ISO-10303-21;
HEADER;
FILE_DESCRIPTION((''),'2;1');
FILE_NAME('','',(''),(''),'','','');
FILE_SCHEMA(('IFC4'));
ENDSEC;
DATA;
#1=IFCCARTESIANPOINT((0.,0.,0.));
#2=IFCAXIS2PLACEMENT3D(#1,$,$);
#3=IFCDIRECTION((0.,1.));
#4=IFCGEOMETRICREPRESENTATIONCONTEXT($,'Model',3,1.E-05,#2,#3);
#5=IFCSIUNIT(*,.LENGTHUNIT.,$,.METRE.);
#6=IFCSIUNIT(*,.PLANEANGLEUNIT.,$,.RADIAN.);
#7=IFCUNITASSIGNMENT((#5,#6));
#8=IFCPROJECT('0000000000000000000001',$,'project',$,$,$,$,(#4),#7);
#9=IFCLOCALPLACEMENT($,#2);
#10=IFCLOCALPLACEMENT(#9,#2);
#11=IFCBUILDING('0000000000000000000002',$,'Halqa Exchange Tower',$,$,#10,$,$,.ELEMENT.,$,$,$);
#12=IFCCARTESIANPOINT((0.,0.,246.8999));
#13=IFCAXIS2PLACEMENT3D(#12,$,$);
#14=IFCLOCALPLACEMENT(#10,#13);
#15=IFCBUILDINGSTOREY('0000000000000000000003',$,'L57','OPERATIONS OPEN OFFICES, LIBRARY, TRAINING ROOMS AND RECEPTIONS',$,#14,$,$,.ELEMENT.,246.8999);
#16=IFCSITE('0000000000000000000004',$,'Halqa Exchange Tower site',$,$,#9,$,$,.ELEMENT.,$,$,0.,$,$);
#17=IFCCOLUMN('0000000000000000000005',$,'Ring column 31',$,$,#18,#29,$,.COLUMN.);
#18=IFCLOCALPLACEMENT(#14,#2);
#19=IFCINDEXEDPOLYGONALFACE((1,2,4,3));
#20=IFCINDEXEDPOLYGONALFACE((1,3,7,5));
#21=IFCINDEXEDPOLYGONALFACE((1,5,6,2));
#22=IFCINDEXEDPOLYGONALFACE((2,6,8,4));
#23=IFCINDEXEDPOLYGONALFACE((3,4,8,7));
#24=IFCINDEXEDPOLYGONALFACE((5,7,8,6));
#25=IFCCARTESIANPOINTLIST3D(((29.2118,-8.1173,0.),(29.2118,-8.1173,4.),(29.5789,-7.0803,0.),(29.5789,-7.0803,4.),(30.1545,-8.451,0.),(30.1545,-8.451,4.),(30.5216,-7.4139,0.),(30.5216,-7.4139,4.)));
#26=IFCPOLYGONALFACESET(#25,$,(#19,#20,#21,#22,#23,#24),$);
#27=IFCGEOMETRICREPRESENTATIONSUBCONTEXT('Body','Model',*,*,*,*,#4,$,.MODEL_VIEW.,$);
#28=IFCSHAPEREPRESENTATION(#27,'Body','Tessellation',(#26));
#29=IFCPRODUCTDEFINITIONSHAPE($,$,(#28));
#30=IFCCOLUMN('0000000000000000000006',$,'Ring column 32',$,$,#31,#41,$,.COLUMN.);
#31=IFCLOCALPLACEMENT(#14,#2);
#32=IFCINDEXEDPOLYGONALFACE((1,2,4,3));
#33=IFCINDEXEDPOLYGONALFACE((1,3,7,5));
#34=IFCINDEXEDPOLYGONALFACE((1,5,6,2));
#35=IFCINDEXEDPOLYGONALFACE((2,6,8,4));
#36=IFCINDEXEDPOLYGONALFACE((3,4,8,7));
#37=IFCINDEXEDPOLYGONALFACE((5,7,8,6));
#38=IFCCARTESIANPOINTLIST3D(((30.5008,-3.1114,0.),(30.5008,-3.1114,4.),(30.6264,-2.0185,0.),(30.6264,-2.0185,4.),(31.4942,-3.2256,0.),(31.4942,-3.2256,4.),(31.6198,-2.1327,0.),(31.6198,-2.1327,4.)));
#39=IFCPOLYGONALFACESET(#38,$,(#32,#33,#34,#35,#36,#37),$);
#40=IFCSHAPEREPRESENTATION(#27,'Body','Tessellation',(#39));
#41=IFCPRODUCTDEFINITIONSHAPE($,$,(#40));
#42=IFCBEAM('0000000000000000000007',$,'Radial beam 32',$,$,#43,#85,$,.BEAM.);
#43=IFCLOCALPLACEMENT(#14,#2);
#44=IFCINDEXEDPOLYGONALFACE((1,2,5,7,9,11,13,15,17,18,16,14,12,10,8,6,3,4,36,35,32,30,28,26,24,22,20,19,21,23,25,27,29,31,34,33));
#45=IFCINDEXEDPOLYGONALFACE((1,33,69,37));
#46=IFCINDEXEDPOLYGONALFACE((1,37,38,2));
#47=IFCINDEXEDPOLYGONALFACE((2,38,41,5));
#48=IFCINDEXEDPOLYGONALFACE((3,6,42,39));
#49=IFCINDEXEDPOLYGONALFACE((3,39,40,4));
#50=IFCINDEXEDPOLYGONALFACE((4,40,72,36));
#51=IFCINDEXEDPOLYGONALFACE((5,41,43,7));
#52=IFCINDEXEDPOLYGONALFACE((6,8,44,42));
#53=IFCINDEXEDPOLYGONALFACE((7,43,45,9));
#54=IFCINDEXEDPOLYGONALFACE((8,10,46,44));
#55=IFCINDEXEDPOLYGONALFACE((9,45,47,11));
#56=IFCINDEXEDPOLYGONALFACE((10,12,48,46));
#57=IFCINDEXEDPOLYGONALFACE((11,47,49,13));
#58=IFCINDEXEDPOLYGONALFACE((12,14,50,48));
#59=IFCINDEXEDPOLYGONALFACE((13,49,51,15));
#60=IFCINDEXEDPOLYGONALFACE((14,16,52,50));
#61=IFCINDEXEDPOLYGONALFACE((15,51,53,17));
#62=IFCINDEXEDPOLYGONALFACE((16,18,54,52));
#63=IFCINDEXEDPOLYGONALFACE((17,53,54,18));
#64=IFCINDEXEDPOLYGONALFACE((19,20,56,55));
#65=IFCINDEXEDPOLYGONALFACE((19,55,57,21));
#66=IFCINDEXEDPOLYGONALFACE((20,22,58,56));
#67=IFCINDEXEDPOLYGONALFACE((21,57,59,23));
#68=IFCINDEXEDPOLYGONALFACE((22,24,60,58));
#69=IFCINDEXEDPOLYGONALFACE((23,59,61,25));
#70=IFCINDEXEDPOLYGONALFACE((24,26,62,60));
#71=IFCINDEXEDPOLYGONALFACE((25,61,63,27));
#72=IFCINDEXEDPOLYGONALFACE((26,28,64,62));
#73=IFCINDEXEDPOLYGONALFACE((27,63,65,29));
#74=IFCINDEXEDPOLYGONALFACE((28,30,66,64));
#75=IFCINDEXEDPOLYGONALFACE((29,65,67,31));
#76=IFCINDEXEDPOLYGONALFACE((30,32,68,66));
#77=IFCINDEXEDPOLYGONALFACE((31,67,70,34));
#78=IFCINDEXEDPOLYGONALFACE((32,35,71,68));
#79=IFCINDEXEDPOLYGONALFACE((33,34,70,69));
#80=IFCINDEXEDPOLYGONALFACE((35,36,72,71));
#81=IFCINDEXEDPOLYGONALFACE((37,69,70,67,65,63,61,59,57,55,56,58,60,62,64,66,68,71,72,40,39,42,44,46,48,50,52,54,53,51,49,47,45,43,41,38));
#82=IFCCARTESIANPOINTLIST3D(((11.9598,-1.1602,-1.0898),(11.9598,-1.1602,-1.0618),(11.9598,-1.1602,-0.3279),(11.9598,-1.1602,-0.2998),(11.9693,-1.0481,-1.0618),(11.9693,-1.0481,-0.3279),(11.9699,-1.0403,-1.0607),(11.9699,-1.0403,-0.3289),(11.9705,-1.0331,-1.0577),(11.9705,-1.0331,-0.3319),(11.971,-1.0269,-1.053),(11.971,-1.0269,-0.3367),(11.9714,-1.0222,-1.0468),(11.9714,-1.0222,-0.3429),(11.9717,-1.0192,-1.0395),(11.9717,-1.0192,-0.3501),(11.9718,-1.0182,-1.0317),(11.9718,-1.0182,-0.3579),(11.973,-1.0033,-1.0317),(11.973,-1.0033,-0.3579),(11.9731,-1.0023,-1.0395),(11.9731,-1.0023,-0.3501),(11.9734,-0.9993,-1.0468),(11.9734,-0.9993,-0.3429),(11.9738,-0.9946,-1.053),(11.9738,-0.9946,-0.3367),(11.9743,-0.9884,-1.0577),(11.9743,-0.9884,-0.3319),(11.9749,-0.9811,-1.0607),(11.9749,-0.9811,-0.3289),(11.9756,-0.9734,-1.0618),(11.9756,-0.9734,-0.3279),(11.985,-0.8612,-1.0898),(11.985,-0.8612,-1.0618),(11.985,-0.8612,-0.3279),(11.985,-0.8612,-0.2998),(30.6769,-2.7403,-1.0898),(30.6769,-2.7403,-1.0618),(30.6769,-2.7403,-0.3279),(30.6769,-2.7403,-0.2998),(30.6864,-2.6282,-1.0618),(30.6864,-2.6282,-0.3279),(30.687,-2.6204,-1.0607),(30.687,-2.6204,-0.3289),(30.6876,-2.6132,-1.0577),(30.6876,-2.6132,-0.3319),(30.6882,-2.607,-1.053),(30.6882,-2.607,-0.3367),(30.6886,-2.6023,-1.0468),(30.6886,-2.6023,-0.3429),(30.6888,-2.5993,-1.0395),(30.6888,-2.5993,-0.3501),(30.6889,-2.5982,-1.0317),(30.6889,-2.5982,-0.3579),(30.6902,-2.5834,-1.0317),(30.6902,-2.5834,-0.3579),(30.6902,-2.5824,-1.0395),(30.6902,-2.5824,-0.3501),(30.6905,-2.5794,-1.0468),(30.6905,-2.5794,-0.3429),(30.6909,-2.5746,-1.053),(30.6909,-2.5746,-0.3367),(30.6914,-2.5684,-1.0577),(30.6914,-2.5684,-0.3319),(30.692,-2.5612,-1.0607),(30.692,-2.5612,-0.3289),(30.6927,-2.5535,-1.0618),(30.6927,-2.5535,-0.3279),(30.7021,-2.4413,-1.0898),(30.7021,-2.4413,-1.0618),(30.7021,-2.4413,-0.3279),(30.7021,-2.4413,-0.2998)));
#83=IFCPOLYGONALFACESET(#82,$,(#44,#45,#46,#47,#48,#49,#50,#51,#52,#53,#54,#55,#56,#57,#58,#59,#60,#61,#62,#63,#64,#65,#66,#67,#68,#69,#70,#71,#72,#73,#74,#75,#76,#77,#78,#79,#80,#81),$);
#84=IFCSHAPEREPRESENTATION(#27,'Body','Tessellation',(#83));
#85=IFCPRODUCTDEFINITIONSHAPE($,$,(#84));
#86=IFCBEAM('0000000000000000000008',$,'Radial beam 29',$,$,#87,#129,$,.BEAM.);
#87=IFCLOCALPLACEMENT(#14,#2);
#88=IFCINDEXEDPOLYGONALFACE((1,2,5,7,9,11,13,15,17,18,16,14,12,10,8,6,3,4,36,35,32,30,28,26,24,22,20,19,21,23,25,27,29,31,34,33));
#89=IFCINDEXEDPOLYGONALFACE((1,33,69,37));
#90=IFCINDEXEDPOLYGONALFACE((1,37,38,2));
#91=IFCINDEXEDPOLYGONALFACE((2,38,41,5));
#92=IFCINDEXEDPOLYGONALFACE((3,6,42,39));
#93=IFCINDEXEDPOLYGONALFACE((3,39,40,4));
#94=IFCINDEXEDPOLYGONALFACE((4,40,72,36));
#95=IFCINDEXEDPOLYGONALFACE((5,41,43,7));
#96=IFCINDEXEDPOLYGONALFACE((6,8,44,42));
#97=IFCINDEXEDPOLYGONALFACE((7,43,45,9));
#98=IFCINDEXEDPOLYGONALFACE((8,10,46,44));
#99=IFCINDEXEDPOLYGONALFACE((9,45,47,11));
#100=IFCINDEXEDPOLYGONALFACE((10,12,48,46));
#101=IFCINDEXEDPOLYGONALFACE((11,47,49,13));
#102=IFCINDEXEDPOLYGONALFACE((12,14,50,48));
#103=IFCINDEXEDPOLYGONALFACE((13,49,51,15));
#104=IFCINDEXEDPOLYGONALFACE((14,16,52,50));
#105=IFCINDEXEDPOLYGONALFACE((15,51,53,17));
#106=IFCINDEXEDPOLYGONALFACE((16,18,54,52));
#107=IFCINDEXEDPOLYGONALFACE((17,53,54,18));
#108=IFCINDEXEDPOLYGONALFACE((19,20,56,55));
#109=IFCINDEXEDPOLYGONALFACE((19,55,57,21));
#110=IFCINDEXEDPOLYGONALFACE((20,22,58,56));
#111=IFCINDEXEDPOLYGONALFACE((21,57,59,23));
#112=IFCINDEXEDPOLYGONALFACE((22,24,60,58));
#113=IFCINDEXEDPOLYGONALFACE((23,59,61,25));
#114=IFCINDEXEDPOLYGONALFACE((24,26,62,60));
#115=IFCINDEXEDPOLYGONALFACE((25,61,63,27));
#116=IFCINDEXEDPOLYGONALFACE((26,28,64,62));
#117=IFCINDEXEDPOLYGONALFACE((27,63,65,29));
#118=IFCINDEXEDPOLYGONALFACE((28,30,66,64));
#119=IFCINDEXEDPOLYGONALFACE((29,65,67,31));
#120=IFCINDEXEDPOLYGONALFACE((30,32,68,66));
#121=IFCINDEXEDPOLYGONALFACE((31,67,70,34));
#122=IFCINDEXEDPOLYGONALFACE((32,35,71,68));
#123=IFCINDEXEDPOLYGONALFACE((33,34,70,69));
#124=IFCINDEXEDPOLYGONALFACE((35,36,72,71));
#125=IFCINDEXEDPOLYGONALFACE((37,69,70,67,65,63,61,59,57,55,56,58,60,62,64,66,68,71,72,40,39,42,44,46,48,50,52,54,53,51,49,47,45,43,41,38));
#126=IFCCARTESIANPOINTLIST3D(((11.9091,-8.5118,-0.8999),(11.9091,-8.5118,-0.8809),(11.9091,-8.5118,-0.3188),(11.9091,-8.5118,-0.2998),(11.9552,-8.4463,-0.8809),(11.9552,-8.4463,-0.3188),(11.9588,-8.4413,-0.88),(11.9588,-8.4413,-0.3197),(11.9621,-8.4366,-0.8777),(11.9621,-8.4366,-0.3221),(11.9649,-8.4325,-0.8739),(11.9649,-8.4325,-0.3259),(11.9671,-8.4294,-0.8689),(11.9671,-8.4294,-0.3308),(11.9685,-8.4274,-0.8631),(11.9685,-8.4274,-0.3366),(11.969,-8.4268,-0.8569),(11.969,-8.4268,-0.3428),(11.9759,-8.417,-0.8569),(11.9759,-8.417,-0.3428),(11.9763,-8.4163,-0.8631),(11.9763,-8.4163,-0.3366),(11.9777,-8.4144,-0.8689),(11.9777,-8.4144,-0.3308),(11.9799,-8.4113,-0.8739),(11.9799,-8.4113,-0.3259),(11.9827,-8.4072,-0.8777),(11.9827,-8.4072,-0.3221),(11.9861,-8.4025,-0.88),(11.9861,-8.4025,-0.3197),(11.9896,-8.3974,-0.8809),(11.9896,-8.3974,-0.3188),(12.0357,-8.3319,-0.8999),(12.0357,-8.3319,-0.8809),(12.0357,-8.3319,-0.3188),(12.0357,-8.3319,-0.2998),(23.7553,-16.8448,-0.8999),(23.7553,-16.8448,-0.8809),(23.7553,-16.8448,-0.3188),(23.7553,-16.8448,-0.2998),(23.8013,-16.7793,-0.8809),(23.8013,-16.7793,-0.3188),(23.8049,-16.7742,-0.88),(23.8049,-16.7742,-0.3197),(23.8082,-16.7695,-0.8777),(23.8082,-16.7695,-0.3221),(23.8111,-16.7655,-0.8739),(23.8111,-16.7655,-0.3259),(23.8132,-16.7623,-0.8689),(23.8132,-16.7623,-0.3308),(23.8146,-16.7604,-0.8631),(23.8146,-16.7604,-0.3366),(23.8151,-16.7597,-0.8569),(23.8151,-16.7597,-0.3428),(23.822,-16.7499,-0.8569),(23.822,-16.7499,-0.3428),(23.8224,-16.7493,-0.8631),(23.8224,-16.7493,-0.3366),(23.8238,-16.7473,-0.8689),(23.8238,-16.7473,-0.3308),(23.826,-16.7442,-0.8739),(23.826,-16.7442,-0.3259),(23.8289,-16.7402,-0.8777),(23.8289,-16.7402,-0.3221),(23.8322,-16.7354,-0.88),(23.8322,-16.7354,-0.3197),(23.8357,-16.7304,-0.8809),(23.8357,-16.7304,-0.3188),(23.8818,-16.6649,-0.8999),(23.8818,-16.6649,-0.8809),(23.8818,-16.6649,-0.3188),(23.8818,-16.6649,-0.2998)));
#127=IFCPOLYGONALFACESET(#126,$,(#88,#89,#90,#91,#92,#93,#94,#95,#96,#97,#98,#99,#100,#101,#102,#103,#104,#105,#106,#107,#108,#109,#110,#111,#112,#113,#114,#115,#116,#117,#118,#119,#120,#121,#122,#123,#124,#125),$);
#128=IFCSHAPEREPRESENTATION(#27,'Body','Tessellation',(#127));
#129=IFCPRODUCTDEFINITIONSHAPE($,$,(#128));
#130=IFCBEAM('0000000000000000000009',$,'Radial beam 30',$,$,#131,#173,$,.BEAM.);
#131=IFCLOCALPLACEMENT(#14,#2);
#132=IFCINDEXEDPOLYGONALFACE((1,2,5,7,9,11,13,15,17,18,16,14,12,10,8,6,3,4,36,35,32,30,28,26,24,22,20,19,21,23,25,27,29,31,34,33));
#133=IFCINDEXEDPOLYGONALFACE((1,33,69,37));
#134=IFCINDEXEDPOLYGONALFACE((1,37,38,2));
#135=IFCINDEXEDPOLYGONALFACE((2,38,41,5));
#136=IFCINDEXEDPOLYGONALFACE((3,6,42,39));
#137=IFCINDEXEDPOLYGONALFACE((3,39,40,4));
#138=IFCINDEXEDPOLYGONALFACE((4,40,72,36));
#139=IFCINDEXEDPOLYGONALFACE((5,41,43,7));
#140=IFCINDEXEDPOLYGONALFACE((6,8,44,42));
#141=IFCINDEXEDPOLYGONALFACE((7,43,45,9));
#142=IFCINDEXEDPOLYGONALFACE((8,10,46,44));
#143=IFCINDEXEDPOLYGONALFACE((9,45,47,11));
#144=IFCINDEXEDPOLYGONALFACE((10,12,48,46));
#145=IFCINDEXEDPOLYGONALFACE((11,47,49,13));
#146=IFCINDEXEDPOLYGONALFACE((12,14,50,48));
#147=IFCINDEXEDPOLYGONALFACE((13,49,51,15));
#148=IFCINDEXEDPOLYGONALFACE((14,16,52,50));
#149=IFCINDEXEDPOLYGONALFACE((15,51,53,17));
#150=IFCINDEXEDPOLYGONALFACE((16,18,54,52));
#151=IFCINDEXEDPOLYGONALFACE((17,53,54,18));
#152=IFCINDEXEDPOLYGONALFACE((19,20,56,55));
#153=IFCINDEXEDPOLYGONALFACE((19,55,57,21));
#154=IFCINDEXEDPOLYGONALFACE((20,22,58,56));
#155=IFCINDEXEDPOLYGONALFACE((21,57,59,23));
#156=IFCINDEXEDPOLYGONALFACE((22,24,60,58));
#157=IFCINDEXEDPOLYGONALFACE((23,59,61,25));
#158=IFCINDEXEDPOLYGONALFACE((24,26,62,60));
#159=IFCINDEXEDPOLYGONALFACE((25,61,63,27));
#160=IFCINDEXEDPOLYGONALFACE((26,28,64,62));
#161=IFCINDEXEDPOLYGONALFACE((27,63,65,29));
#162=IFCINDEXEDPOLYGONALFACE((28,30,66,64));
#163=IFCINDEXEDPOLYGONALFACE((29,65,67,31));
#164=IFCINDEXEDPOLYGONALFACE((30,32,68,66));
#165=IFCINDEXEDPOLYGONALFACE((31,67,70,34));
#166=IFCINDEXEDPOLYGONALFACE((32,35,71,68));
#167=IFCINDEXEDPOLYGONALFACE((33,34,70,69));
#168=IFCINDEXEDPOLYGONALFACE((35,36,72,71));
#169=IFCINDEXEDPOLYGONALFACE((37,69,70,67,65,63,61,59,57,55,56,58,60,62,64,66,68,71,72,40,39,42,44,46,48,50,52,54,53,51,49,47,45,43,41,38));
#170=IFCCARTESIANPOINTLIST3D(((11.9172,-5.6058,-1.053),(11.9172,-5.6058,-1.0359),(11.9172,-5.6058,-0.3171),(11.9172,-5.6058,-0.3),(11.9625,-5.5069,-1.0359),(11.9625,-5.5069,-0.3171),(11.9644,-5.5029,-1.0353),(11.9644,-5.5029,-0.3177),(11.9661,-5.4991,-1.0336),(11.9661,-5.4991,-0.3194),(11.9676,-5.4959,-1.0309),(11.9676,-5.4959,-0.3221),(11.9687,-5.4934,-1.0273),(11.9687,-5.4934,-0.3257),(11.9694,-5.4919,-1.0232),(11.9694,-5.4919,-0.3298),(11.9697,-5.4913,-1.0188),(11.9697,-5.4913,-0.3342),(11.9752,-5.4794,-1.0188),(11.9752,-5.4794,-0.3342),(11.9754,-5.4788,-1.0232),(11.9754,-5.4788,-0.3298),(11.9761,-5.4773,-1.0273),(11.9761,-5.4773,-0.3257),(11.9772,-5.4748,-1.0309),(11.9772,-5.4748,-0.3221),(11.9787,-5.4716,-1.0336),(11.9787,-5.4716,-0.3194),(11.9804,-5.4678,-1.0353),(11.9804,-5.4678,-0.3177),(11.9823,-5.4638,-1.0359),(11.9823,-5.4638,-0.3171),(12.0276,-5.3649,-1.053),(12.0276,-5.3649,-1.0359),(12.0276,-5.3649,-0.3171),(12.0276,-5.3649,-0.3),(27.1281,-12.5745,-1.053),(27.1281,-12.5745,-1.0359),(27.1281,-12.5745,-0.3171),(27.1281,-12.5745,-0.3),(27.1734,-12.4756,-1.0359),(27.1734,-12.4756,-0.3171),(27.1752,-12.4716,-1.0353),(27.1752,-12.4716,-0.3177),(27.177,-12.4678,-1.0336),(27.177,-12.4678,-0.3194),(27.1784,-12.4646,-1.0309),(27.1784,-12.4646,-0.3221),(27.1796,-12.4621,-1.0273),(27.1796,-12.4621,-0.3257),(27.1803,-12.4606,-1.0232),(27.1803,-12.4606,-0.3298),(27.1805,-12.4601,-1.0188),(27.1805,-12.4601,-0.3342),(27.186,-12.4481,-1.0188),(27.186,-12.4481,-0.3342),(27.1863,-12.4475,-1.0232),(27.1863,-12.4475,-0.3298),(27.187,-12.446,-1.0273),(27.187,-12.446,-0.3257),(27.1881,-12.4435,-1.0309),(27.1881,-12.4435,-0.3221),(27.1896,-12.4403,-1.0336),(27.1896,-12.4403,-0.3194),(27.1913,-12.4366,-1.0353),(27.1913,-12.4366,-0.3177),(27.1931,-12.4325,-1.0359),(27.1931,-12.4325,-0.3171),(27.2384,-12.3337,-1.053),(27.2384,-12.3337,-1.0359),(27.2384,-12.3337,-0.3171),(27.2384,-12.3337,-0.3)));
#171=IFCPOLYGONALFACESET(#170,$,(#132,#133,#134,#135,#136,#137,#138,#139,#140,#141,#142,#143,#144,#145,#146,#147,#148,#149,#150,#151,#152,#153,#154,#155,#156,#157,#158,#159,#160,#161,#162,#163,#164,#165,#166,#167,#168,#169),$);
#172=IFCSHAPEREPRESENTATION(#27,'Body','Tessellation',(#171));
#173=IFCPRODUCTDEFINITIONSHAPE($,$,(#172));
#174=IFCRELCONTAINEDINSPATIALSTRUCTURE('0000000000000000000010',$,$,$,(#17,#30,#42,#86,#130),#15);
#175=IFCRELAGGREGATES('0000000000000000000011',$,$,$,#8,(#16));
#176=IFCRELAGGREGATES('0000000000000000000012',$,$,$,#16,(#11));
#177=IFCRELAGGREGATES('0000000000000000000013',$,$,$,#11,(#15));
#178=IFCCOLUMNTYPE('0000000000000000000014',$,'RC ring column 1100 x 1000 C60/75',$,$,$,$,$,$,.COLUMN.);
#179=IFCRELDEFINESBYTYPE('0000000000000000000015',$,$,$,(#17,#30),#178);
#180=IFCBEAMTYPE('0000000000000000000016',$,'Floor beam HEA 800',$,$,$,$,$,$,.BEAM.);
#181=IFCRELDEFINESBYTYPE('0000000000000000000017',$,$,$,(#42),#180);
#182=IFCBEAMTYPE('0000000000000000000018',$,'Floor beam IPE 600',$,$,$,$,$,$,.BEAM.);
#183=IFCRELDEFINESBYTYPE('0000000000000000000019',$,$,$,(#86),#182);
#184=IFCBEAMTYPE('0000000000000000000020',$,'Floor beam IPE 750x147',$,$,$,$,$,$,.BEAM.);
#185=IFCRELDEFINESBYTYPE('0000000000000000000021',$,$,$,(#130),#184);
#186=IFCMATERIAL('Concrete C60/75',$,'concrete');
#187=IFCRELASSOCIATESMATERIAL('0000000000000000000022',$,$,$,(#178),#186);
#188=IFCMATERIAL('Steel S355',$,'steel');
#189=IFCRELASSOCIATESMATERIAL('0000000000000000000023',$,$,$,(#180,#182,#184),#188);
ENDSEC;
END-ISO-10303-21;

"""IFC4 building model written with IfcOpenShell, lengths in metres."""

from ifc_helpers import new_model, si_unit, direction, frame, origin, origin_2d, place, context, subcontext, project, spatial, rectangle, i_section, extrude, material, material_profile, profile_set, type_object, element, save


model = new_model("IFC4")

# Units and contexts
model_context = context("Model", 3, precision=1e-05, world=origin(), true_north=direction((0.0, 1.0)))
body_context = subcontext(model_context, "Body", "Model", "MODEL_VIEW")
ifc_project = project(units=[si_unit("LENGTHUNIT", "METRE"), si_unit("PLANEANGLEUNIT", "RADIAN")], contexts=[model_context])

# Site, building, storey
site_placement = place(None, origin())
site = spatial("IfcSite", under=ifc_project, at=site_placement, Name="Halqa Exchange Tower site", CompositionType="ELEMENT", RefElevation=0.0)
building_placement = place(site_placement, origin())
building = spatial("IfcBuilding", under=site, at=building_placement, Name="Halqa Exchange Tower", CompositionType="ELEMENT")
storey_placement = place(building_placement, frame((0.0, 0.0, 246.8999)))
storey = spatial("IfcBuildingStorey", under=building, at=storey_placement, Name="L57", Description="OPERATIONS OPEN OFFICES, LIBRARY, TRAINING ROOMS AND RECEPTIONS", CompositionType="ELEMENT", Elevation=246.8999)

# Columns
ifc_material_1 = material(Name="Concrete C60/75", Category="concrete")
ifc_material_profile_1 = material_profile(ifc_material_1, rectangle(XDim=1.1001, YDim=1.0, at=origin_2d()), Name="1100 x 1000")
ifc_profile_set_1 = profile_set([ifc_material_profile_1], Name="Concrete C60/75")
column_type = type_object("IfcColumnType", Name="RC ring column 1100 x 1000 C60/75", PredefinedType="COLUMN", material=ifc_profile_set_1)
for number, where, z_axis, x_axis, name in (
    (1, (29.8667, -7.7656, 0.0), (0.0, 0.0, 1.0), (0.333624, 0.942706, 0.0), "Ring column 31"),
    (2, (31.0603, -2.6221, 0.0), (0.0, 0.0, 1.0), (0.114153, 0.993463, 0.0), "Ring column 32"),
):
    element("IfcColumn", number, at=place(storey_placement, frame(where, z_axis=z_axis, x_axis=x_axis)), inside=storey, type_object=column_type, Name=name, PredefinedType="COLUMN", context=body_context, shape_type="SweptSolid", body=[
        extrude(rectangle(XDim=1.1001, YDim=1.0, at=origin_2d()), origin(), (0.0, 0.0, 1.0), 4.0),
    ])

# Beams
ifc_material_2 = material(Name="Steel S355", Category="steel")
ifc_material_profile_2 = material_profile(ifc_material_2, i_section(OverallWidth=0.3, OverallDepth=0.79, WebThickness=0.0149, FlangeThickness=0.0281, FilletRadius=0.03, at=origin_2d()), Name="HEA 800")
ifc_profile_set_2 = profile_set([ifc_material_profile_2], Name="Steel S355")
beam_type_1 = type_object("IfcBeamType", Name="Floor beam HEA 800", PredefinedType="BEAM", material=ifc_profile_set_2)
beam_1_placement = place(storey_placement, frame((11.9724, -1.0107, -0.6948), z_axis=(0.996456, -0.08412, 0.0), x_axis=(0.08412, 0.996456, 0.0)))
element("IfcBeam", 3, at=beam_1_placement, inside=storey, type_object=beam_type_1, Name="Radial beam 32", PredefinedType="BEAM", context=body_context, shape_type="SweptSolid", body=[
    extrude(i_section(OverallWidth=0.3, OverallDepth=0.79, WebThickness=0.0149, FlangeThickness=0.0281, FilletRadius=0.03, at=origin_2d()), origin(), (0.0, 0.0, 1.0), 18.7837),
])
ifc_material_profile_3 = material_profile(ifc_material_2, i_section(OverallWidth=0.22, OverallDepth=0.6001, WebThickness=0.012, FlangeThickness=0.019, FilletRadius=0.0239, at=origin_2d()), Name="IPE 600")
ifc_profile_set_3 = profile_set([ifc_material_profile_3], Name="Steel S355")
beam_type_2 = type_object("IfcBeamType", Name="Floor beam IPE 600", PredefinedType="BEAM", material=ifc_profile_set_3)
beam_2_placement = place(storey_placement, frame((11.9724, -8.4219, -0.5999), z_axis=(0.81791, -0.575346, 0.0), x_axis=(0.575346, 0.81791, 0.0)))
element("IfcBeam", 4, at=beam_2_placement, inside=storey, type_object=beam_type_2, Name="Radial beam 29", PredefinedType="BEAM", context=body_context, shape_type="SweptSolid", body=[
    extrude(i_section(OverallWidth=0.22, OverallDepth=0.6001, WebThickness=0.012, FlangeThickness=0.019, FilletRadius=0.0239, at=origin_2d()), origin(), (0.0, 0.0, 1.0), 14.4834),
])
ifc_material_profile_4 = material_profile(ifc_material_2, i_section(OverallWidth=0.2649, OverallDepth=0.7529, WebThickness=0.0132, FlangeThickness=0.0171, FilletRadius=0.0171, at=origin_2d()), Name="IPE 750x147")
ifc_profile_set_4 = profile_set([ifc_material_profile_4], Name="Steel S355")
beam_type_3 = type_object("IfcBeamType", Name="Floor beam IPE 750x147", PredefinedType="BEAM", material=ifc_profile_set_4)
beam_3_placement = place(storey_placement, frame((11.9724, -5.4854, -0.6765), z_axis=(0.909131, -0.41651, 0.0), x_axis=(0.41651, 0.909131, 0.0)))
element("IfcBeam", 5, at=beam_3_placement, inside=storey, type_object=beam_type_3, Name="Radial beam 30", PredefinedType="BEAM", context=body_context, shape_type="SweptSolid", body=[
    extrude(i_section(OverallWidth=0.2649, OverallDepth=0.7529, WebThickness=0.0132, FlangeThickness=0.0171, FilletRadius=0.0171, at=origin_2d()), origin(), (0.0, 0.0, 1.0), 16.7312),
])

save(model, "model.ifc")
